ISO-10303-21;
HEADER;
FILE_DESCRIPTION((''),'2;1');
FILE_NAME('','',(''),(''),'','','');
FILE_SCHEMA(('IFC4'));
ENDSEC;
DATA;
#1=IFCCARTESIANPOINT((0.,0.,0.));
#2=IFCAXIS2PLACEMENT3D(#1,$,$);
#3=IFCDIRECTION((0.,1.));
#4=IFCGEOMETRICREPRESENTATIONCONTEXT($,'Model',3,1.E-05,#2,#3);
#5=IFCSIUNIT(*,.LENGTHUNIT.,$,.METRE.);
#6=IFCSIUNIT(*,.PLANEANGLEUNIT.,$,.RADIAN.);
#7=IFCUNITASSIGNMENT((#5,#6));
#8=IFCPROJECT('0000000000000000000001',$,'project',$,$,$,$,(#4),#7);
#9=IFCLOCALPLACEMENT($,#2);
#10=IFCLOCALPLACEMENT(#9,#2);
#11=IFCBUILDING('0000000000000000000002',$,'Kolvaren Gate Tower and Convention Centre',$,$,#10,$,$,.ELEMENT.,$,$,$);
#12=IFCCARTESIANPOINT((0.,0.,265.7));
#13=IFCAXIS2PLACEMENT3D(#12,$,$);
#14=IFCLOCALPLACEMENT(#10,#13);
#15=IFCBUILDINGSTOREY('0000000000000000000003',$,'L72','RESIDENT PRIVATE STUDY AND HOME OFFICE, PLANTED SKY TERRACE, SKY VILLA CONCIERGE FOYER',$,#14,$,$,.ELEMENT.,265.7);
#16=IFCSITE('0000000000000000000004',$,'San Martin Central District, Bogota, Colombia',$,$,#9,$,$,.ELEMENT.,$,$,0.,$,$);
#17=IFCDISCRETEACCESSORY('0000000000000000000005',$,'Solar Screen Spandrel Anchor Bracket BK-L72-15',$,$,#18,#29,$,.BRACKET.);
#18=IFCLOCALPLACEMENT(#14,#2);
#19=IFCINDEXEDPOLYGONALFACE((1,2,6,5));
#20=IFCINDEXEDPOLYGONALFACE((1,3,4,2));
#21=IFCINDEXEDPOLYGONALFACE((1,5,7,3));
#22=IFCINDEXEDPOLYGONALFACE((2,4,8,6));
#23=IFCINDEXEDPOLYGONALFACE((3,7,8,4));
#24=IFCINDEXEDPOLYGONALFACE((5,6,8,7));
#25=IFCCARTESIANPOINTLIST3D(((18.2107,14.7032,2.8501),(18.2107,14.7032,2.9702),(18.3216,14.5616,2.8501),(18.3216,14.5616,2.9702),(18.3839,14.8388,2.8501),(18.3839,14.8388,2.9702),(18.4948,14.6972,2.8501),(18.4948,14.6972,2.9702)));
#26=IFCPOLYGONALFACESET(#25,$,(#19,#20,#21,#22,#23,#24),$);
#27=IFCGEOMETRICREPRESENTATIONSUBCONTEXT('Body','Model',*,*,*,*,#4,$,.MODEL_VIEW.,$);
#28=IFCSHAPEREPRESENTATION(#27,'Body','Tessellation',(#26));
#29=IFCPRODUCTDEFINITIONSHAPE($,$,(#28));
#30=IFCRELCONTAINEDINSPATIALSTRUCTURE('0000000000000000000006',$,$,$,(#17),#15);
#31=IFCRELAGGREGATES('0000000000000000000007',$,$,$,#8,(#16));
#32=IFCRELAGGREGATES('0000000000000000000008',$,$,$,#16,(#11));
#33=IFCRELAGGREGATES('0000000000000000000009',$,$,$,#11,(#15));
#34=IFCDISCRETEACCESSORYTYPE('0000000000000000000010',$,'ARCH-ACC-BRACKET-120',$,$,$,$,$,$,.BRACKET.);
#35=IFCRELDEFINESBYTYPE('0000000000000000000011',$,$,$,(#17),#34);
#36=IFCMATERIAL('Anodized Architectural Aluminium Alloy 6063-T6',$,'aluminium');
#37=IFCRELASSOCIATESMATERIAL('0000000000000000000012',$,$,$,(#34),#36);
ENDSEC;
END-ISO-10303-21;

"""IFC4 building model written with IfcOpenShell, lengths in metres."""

from ifc_helpers import new_model, si_unit, direction, frame, origin, origin_2d, place, context, subcontext, project, spatial, rectangle, extrude, material, type_object, element, save


model = new_model("IFC4")

# Units and contexts
model_context = context("Model", 3, precision=1e-05, world=origin(), true_north=direction((0.0, 1.0)))
body_context = subcontext(model_context, "Body", "Model", "MODEL_VIEW")
ifc_project = project(units=[si_unit("LENGTHUNIT", "METRE"), si_unit("PLANEANGLEUNIT", "RADIAN")], contexts=[model_context])

# Site, building, storey
site_placement = place(None, origin())
site = spatial("IfcSite", under=ifc_project, at=site_placement, Name="San Martin Central District, Bogota, Colombia", CompositionType="ELEMENT", RefElevation=0.0)
building_placement = place(site_placement, origin())
building = spatial("IfcBuilding", under=site, at=building_placement, Name="Kolvaren Gate Tower and Convention Centre", CompositionType="ELEMENT")
storey_placement = place(building_placement, frame((0.0, 0.0, 265.7)))
storey = spatial("IfcBuildingStorey", under=building, at=storey_placement, Name="L72", Description="RESIDENT PRIVATE STUDY AND HOME OFFICE, PLANTED SKY TERRACE, SKY VILLA CONCIERGE FOYER", CompositionType="ELEMENT", Elevation=265.7)

# Shared definitions
ifc_material_1 = material(Name="Anodized Architectural Aluminium Alloy 6063-T6", Category="aluminium")

# Discrete accessory
discrete_accessory_type = type_object("IfcDiscreteAccessoryType", Name="ARCH-ACC-BRACKET-120", PredefinedType="BRACKET", material=ifc_material_1)
discrete_accessory_placement = place(storey_placement, frame((18.3528, 14.7002, 2.8501), z_axis=(0.0, 0.0, 1.0), x_axis=(0.61643, -0.78741, 0.0)))
element("IfcDiscreteAccessory", 1, at=discrete_accessory_placement, inside=storey, type_object=discrete_accessory_type, Name="Solar Screen Spandrel Anchor Bracket BK-L72-15", PredefinedType="BRACKET", context=body_context, shape_type="SweptSolid", body=[
    extrude(rectangle(XDim=0.1799, YDim=0.22, at=origin_2d()), origin(), (0.0, 0.0, 1.0), 0.1201),
])

save(model, "model.ifc")
